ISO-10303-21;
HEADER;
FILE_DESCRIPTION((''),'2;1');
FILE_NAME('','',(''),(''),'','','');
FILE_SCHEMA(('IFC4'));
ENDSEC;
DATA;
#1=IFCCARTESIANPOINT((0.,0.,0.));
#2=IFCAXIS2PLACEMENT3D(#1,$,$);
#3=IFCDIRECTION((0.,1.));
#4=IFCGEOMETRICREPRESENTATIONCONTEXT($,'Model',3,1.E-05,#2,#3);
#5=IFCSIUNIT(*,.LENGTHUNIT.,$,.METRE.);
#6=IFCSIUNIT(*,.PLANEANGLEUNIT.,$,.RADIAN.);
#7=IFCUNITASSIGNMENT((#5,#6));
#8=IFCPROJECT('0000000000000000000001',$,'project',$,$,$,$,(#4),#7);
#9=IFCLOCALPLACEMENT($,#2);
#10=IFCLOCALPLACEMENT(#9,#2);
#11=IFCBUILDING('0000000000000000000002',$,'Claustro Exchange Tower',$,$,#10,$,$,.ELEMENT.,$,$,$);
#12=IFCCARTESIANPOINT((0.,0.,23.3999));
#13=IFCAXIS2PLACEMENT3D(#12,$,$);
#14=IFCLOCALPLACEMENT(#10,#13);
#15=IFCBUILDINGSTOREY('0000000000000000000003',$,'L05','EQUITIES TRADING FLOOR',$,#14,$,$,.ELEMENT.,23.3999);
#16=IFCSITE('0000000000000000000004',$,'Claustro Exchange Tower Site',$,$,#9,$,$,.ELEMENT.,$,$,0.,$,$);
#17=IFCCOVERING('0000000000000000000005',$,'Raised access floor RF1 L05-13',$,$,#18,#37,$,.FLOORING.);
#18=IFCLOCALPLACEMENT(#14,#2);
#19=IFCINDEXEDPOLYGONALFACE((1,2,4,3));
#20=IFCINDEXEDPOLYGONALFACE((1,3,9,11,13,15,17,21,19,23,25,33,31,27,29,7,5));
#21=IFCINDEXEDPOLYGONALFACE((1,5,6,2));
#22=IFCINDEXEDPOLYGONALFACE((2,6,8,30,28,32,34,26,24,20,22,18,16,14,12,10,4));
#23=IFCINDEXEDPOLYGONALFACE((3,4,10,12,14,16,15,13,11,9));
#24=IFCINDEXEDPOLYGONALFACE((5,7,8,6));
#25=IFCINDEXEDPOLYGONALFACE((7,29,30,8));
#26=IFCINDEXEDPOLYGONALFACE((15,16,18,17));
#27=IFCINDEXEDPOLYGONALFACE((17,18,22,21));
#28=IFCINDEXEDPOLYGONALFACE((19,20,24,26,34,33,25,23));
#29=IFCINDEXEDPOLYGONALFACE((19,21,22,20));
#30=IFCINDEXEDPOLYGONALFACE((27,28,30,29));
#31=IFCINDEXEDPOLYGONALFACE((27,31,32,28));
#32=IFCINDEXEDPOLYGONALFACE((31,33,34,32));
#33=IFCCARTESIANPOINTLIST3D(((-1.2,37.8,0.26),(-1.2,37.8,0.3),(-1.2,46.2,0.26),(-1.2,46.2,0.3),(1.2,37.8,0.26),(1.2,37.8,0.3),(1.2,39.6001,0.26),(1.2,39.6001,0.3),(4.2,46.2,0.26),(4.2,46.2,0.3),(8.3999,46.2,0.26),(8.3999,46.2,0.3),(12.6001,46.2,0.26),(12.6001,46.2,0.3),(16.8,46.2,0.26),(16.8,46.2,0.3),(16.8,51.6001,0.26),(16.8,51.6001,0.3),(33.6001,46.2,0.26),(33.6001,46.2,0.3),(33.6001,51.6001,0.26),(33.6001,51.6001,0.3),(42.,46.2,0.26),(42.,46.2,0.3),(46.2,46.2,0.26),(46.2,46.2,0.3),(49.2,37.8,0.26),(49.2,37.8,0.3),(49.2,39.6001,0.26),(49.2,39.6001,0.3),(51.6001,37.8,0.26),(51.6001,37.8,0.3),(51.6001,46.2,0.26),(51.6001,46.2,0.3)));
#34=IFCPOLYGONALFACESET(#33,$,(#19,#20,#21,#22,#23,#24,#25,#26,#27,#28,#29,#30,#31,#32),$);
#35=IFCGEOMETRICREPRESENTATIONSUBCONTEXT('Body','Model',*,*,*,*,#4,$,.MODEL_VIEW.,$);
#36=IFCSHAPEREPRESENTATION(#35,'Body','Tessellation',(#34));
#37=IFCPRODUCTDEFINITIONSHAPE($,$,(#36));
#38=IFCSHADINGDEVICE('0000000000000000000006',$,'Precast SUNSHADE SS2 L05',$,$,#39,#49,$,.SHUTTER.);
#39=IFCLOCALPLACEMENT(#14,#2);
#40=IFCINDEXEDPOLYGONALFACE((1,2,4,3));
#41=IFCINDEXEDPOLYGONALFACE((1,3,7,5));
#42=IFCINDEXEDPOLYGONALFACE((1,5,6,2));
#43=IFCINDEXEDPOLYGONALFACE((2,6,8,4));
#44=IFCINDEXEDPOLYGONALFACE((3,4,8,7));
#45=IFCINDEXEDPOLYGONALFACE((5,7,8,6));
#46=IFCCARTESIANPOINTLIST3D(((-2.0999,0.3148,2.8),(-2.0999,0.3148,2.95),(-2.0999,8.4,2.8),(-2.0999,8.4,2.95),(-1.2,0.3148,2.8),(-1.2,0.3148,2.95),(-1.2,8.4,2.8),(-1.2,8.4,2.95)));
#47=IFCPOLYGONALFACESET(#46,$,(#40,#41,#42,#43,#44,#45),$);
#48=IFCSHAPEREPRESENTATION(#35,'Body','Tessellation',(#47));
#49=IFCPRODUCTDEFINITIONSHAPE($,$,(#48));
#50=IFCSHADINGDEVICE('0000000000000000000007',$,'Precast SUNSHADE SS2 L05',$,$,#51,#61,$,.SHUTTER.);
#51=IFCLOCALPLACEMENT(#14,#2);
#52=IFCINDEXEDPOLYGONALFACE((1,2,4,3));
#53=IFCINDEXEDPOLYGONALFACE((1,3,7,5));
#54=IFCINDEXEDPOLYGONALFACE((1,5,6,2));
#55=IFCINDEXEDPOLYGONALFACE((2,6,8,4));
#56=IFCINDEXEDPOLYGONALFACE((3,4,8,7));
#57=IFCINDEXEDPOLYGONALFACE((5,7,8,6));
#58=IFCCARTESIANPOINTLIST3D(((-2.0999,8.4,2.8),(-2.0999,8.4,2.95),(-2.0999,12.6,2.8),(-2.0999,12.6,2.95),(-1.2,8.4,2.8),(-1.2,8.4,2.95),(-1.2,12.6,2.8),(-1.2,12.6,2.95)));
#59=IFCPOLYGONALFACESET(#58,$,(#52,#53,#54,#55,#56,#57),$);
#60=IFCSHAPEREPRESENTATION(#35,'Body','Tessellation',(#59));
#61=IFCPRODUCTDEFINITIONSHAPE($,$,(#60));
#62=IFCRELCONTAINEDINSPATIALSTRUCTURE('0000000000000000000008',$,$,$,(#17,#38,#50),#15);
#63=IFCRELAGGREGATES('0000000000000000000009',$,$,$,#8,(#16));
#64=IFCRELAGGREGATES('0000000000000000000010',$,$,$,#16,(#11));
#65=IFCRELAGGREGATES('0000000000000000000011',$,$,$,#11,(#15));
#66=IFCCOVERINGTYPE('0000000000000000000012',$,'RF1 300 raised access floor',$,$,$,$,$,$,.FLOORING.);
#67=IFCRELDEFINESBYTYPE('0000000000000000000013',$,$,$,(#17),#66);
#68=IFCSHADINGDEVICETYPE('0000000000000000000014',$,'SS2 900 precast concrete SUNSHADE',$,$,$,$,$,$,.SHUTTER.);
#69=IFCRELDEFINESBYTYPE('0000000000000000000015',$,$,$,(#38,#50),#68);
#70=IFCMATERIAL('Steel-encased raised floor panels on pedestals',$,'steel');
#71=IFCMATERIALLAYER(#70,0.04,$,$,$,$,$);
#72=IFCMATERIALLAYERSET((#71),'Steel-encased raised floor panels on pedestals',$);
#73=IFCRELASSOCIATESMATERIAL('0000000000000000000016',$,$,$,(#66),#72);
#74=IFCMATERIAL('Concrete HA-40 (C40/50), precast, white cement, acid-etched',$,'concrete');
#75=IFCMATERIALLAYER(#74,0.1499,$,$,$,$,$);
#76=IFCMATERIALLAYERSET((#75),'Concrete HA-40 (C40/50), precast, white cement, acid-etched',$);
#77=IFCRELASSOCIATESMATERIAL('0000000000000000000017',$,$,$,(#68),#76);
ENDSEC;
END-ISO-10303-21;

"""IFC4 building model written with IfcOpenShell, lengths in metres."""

from ifc_helpers import new_model, si_unit, direction, frame, origin, origin_2d, place, context, subcontext, project, spatial, polyline, rectangle, outline, extrude, material, layer, layer_set, type_object, element, save


model = new_model("IFC4")

# Units and contexts
model_context = context("Model", 3, precision=1e-05, world=origin(), true_north=direction((0.0, 1.0)))
body_context = subcontext(model_context, "Body", "Model", "MODEL_VIEW")
ifc_project = project(units=[si_unit("LENGTHUNIT", "METRE"), si_unit("PLANEANGLEUNIT", "RADIAN")], contexts=[model_context])

# Site, building, storey
site_placement = place(None, origin())
site = spatial("IfcSite", under=ifc_project, at=site_placement, Name="Claustro Exchange Tower Site", CompositionType="ELEMENT", RefElevation=0.0)
building_placement = place(site_placement, origin())
building = spatial("IfcBuilding", under=site, at=building_placement, Name="Claustro Exchange Tower", CompositionType="ELEMENT")
storey_placement = place(building_placement, frame((0.0, 0.0, 23.3999)))
storey = spatial("IfcBuildingStorey", under=building, at=storey_placement, Name="L05", Description="EQUITIES TRADING FLOOR", CompositionType="ELEMENT", Elevation=23.3999)

# Covering
ifc_material_1 = material(Name="Steel-encased raised floor panels on pedestals", Category="steel")
ifc_layer_1 = layer(ifc_material_1, 0.04)
ifc_layer_set_1 = layer_set([ifc_layer_1], Name="Steel-encased raised floor panels on pedestals")
covering_type_1 = type_object("IfcCoveringType", Name="RF1 300 raised access floor", PredefinedType="FLOORING", material=ifc_layer_set_1)
covering_1_placement = place(storey_placement, frame((0.0, 0.0, 0.26)))
element("IfcCovering", 1, at=covering_1_placement, inside=storey, type_object=covering_type_1, Name="Raised access floor RF1 L05-13", PredefinedType="FLOORING", context=body_context, shape_type="SweptSolid", body=[
    extrude(outline(polyline([(-1.2, 46.2), (-1.2, 37.8), (1.2, 37.8), (1.2, 39.6001), (49.2, 39.6001), (49.2, 37.8), (51.6001, 37.8), (51.6001, 46.2), (46.2, 46.2), (42.0, 46.2), (33.6001, 46.2), (33.6001, 51.6001), (16.8, 51.6001), (16.8, 46.2), (12.6001, 46.2), (8.3999, 46.2), (4.2, 46.2), (-1.2, 46.2)])), origin(), (0.0, 0.0, 1.0), 0.04),
])

# Shading devices
ifc_material_2 = material(Name="Concrete HA-40 (C40/50), precast, white cement, acid-etched", Category="concrete")
ifc_layer_2 = layer(ifc_material_2, 0.1499)
ifc_layer_set_2 = layer_set([ifc_layer_2], Name="Concrete HA-40 (C40/50), precast, white cement, acid-etched")
shading_device_type = type_object("IfcShadingDeviceType", Name="SS2 900 precast concrete SUNSHADE", PredefinedType="SHUTTER", material=ifc_layer_set_2)
shading_device_1_placement = place(storey_placement, frame((-1.6499, 4.3574, 2.8), z_axis=(0.0, 0.0, 1.0), x_axis=(0.0, 1.0, 0.0)))
element("IfcShadingDevice", 2, at=shading_device_1_placement, inside=storey, type_object=shading_device_type, Name="Precast SUNSHADE SS2 L05", PredefinedType="SHUTTER", context=body_context, shape_type="SweptSolid", body=[
    extrude(rectangle(XDim=8.0852, YDim=0.8999, at=origin_2d()), origin(), (0.0, 0.0, 1.0), 0.1499),
])
shading_device_2_placement = place(storey_placement, frame((-1.6499, 10.5, 2.8), z_axis=(0.0, 0.0, 1.0), x_axis=(0.0, 1.0, 0.0)))
element("IfcShadingDevice", 3, at=shading_device_2_placement, inside=storey, type_object=shading_device_type, Name="Precast SUNSHADE SS2 L05", PredefinedType="SHUTTER", context=body_context, shape_type="SweptSolid", body=[
    extrude(rectangle(XDim=4.2, YDim=0.8999, at=origin_2d()), origin(), (0.0, 0.0, 1.0), 0.1499),
])

save(model, "model.ifc")
